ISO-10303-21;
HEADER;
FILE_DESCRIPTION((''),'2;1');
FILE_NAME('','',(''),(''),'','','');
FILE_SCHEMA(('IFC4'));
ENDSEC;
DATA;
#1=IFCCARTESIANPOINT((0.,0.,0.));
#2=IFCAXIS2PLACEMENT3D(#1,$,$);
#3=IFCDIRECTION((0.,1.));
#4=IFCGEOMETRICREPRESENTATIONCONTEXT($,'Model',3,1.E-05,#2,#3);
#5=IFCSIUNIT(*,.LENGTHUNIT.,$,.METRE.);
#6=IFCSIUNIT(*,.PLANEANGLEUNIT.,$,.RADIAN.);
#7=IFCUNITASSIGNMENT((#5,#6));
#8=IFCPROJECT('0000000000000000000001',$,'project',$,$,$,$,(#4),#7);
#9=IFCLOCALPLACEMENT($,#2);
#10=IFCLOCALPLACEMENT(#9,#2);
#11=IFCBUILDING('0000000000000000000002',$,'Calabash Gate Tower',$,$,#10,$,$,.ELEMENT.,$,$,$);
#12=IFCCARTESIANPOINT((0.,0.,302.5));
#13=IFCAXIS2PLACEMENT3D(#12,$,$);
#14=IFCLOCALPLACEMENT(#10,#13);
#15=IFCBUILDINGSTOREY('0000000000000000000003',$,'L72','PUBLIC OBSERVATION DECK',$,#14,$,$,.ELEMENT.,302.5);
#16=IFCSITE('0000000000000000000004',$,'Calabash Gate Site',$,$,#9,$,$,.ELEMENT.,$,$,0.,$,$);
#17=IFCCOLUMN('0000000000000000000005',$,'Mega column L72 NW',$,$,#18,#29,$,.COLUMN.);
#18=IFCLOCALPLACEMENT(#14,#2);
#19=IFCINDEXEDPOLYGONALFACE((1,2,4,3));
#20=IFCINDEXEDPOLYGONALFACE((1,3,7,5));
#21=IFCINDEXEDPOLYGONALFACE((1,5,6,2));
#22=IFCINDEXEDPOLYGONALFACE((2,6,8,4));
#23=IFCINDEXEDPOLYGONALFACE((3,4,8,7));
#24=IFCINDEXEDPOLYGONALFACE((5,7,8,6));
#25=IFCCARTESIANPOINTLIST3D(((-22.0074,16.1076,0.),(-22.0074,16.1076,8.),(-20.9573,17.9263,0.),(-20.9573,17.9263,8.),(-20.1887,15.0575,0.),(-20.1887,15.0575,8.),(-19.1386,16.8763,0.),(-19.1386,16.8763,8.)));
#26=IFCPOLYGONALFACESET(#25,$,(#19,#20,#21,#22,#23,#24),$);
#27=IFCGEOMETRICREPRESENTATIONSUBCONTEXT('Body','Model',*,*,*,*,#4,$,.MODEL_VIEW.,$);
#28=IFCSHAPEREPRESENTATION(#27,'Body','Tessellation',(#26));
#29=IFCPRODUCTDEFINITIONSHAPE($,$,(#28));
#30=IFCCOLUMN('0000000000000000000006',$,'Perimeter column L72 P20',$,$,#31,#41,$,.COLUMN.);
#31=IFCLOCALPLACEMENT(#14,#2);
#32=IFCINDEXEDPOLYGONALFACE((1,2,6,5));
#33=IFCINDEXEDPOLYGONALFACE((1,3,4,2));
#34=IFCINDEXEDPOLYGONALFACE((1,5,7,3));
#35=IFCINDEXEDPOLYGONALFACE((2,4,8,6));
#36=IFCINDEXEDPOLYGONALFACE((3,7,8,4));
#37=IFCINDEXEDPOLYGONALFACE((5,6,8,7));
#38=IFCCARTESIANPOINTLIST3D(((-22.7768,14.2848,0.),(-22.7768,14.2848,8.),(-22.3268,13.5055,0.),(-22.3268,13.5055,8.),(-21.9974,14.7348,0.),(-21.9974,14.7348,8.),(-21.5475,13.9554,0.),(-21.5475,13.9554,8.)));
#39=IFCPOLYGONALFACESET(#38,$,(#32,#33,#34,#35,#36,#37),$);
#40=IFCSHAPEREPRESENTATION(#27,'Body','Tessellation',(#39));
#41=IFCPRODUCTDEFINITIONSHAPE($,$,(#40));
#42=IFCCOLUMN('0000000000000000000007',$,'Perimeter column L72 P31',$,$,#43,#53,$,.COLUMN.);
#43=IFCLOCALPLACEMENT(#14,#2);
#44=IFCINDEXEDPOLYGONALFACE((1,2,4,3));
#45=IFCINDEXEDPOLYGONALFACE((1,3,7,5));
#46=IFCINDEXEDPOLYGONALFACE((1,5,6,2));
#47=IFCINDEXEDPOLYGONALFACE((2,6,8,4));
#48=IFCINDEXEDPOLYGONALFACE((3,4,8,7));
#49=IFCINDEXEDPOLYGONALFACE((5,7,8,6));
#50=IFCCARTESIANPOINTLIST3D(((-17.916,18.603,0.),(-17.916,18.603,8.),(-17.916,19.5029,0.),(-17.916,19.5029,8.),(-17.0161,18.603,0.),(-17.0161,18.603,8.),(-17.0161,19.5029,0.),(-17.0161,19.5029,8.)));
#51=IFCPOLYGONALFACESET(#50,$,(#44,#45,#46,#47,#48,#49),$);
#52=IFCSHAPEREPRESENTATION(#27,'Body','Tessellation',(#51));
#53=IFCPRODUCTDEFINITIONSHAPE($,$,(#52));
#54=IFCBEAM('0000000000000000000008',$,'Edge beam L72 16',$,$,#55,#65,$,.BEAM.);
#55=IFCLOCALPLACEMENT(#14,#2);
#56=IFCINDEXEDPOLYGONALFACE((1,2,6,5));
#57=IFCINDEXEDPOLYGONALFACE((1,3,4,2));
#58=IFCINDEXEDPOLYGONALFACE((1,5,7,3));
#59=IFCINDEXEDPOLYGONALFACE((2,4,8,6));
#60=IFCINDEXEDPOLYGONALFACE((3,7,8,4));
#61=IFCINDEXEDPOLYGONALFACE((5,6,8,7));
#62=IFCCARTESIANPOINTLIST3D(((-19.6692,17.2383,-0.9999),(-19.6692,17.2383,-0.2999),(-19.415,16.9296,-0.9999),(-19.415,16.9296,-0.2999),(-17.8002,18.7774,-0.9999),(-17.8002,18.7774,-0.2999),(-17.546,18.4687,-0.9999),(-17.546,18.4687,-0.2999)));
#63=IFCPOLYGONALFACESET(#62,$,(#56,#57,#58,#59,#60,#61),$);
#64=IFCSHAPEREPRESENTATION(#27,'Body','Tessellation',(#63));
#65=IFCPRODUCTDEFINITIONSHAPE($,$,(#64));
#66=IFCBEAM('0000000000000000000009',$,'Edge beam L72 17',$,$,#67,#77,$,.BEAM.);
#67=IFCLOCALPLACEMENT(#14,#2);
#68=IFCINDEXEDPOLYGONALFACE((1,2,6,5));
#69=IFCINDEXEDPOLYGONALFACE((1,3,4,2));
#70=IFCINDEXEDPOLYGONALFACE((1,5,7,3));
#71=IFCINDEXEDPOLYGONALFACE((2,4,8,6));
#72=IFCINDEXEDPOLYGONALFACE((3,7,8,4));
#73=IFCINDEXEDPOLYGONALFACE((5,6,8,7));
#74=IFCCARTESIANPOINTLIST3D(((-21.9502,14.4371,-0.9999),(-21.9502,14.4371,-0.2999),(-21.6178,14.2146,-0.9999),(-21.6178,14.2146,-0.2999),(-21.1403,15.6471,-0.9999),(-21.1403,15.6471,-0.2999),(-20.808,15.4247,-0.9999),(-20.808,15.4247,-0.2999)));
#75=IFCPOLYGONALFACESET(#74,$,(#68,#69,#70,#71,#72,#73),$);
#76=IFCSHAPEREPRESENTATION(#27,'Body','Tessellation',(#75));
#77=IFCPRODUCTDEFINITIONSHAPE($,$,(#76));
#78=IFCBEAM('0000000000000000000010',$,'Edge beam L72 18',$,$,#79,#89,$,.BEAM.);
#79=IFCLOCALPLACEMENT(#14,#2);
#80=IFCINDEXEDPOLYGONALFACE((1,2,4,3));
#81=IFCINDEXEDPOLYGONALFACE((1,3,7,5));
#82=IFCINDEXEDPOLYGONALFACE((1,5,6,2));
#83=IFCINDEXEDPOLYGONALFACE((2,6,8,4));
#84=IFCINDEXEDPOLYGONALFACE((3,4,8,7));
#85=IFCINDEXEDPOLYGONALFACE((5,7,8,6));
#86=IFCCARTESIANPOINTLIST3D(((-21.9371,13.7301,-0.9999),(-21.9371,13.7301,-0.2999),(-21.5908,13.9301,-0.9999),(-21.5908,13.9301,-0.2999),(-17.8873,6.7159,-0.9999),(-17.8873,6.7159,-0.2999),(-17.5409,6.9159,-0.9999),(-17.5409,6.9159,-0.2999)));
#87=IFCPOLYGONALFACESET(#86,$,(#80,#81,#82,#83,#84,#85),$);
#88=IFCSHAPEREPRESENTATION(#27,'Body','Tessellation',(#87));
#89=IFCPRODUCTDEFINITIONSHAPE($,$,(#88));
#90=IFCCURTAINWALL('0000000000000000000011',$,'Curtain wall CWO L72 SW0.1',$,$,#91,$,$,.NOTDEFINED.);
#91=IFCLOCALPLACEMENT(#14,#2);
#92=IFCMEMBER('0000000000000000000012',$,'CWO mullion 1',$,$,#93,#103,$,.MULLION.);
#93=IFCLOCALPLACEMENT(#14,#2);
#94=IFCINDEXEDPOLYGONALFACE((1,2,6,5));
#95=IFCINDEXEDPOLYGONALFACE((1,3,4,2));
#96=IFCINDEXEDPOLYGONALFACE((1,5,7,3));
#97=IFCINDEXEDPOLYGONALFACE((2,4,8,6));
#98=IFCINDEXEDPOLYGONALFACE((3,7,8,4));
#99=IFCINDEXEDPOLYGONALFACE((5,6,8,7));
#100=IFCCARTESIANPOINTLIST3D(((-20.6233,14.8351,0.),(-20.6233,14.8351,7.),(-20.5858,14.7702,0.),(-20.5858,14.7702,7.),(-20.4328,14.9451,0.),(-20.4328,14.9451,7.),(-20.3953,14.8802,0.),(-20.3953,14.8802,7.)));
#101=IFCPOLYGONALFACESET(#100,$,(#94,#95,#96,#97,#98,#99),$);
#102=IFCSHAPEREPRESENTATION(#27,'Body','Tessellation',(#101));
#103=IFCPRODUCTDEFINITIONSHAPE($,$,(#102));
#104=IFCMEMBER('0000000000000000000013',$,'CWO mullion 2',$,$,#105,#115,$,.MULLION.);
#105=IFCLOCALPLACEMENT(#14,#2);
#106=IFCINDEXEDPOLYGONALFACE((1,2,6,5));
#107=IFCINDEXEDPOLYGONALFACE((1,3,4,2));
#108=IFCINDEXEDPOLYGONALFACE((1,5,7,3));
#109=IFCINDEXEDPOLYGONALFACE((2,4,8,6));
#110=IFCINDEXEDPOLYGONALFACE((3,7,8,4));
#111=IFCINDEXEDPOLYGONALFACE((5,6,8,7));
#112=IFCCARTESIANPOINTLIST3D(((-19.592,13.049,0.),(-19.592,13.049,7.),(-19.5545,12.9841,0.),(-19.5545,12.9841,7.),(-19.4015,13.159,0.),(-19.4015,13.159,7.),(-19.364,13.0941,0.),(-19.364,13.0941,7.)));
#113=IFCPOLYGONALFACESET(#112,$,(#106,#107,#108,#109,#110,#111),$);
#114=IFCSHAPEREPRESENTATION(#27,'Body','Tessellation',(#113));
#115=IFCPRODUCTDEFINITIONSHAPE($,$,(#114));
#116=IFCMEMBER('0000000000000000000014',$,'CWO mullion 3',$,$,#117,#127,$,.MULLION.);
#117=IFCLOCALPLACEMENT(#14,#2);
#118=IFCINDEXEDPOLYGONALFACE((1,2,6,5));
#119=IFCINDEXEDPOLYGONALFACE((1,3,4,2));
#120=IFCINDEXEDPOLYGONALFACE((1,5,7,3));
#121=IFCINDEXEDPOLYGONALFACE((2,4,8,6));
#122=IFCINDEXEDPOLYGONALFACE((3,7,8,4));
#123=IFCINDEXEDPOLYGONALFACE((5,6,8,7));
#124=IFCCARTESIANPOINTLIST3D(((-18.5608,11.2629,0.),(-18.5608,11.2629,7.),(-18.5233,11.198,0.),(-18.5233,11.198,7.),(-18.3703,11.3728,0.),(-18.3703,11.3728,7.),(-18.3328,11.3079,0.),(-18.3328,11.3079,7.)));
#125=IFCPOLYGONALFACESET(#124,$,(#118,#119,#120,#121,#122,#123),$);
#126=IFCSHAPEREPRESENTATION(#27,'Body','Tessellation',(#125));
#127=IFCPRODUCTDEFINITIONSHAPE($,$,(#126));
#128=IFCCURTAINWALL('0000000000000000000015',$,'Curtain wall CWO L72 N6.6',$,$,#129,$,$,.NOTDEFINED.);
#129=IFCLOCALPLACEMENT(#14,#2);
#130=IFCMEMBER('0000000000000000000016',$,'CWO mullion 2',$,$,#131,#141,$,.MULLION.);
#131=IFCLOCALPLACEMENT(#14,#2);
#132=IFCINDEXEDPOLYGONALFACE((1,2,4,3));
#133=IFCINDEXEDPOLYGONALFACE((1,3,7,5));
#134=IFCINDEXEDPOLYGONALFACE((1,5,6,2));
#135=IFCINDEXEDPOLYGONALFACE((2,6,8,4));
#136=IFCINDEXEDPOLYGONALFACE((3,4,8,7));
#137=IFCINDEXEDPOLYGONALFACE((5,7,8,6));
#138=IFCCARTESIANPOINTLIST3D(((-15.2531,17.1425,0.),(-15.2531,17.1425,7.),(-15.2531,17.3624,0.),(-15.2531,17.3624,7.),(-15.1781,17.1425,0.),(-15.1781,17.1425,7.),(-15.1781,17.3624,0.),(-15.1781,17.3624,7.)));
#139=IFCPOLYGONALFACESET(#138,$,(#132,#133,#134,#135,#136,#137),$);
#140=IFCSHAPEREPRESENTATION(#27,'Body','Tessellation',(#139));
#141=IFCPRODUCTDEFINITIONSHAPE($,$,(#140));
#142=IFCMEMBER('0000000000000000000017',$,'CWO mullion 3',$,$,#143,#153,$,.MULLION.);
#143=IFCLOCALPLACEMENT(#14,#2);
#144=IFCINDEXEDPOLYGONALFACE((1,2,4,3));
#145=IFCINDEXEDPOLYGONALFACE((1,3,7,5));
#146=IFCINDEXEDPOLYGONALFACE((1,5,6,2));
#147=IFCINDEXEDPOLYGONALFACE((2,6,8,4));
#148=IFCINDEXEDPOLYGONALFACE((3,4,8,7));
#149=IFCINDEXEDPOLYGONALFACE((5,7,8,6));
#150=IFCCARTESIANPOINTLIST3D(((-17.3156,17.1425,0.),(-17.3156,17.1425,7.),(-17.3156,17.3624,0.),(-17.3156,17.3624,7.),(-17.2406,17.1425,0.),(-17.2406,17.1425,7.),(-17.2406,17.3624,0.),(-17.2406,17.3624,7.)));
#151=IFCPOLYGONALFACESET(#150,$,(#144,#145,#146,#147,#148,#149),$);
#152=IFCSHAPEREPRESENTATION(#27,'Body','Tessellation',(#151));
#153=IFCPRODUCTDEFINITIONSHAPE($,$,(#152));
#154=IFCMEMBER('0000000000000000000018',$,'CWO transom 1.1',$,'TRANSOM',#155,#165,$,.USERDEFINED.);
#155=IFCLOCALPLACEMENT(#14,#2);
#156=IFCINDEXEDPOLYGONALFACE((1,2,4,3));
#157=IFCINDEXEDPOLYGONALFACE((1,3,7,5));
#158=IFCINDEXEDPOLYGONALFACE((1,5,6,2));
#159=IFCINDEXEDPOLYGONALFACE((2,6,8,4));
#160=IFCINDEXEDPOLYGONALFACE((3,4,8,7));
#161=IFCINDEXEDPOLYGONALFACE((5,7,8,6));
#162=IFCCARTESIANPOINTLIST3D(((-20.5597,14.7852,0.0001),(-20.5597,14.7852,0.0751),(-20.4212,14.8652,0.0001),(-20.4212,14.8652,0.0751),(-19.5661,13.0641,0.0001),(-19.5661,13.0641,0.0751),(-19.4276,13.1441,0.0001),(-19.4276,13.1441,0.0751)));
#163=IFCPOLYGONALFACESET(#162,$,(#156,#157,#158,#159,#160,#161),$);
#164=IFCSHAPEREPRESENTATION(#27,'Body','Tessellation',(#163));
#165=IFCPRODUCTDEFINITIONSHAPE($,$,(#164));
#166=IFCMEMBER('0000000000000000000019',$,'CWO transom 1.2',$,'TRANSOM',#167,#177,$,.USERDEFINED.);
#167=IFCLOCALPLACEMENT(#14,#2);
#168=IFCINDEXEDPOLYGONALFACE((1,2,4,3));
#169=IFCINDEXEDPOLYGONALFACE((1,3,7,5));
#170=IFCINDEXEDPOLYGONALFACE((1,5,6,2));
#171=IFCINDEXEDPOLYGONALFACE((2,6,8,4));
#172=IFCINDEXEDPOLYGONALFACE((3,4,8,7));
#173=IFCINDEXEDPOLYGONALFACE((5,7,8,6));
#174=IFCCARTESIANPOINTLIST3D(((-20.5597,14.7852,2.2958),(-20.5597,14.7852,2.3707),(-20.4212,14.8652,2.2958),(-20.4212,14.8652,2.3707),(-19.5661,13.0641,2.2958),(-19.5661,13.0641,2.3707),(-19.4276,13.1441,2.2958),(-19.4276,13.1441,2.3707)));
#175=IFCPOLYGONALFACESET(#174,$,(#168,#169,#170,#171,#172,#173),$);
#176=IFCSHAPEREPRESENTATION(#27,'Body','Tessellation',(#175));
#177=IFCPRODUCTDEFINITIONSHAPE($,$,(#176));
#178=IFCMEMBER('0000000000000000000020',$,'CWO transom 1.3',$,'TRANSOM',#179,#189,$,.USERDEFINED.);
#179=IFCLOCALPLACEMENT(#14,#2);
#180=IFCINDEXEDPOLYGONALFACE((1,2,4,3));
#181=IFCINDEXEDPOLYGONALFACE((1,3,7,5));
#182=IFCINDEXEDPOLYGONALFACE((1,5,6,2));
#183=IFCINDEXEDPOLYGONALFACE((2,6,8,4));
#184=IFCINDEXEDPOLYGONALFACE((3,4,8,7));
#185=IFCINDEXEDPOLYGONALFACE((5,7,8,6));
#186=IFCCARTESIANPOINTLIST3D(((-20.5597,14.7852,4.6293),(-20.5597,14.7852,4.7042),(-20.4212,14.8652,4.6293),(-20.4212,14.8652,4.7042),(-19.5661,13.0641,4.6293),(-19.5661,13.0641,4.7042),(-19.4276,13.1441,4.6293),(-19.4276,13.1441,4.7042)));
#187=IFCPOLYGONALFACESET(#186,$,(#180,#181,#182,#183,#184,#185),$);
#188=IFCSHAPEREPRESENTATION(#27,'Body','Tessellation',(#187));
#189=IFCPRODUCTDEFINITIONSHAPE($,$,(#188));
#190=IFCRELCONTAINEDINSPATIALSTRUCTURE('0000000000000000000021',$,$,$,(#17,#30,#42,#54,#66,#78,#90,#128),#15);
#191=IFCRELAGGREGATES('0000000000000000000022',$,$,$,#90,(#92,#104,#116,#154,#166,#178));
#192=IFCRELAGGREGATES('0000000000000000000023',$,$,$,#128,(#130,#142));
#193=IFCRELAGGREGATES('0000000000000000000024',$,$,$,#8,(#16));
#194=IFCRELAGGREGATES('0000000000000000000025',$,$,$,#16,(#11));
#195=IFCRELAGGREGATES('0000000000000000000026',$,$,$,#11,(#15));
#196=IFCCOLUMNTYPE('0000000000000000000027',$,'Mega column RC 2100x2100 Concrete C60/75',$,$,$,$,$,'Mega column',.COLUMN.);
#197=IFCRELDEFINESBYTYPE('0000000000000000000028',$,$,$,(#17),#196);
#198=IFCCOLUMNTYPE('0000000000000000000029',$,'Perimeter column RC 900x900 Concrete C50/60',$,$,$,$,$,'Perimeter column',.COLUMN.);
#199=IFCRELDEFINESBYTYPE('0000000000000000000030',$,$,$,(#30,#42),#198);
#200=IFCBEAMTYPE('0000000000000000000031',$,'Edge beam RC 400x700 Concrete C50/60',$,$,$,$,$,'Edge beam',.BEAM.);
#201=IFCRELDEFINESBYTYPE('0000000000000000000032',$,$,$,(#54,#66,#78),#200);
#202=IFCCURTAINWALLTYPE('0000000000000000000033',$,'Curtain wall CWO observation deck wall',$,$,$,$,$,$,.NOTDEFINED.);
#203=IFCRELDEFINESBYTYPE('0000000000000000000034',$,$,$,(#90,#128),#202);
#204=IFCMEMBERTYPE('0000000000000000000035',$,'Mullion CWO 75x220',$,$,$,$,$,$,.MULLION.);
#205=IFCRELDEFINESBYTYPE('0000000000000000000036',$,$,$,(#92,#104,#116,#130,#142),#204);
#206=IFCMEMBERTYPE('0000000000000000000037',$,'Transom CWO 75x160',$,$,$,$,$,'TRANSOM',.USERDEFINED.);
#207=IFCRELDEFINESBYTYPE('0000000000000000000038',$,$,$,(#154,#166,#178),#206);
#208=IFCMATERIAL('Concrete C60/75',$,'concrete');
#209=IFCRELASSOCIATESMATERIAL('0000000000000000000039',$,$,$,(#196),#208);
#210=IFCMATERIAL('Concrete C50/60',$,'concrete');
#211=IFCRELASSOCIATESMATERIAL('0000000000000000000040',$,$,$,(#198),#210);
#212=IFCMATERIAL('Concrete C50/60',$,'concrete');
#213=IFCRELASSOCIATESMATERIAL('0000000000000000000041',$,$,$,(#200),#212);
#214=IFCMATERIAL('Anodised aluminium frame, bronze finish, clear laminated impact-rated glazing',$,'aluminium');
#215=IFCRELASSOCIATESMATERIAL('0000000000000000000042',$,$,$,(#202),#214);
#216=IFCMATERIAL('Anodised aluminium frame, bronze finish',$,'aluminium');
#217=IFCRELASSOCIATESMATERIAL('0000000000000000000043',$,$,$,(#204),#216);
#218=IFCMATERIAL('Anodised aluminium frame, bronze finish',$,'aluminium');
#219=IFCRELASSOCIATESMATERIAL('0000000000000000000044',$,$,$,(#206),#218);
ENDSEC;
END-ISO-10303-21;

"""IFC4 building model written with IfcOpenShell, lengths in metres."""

from ifc_helpers import new_model, si_unit, direction, frame, origin, origin_2d, place, context, subcontext, project, spatial, rectangle, extrude, material, material_profile, profile_set, type_object, element, aggregate, save


model = new_model("IFC4")

# Units and contexts
model_context = context("Model", 3, precision=1e-05, world=origin(), true_north=direction((0.0, 1.0)))
body_context = subcontext(model_context, "Body", "Model", "MODEL_VIEW")
ifc_project = project(units=[si_unit("LENGTHUNIT", "METRE"), si_unit("PLANEANGLEUNIT", "RADIAN")], contexts=[model_context])

# Site, building, storey
site_placement = place(None, origin())
site = spatial("IfcSite", under=ifc_project, at=site_placement, Name="Calabash Gate Site", CompositionType="ELEMENT", RefElevation=0.0)
building_placement = place(site_placement, origin())
building = spatial("IfcBuilding", under=site, at=building_placement, Name="Calabash Gate Tower", CompositionType="ELEMENT")
storey_placement = place(building_placement, frame((0.0, 0.0, 302.5)))
storey = spatial("IfcBuildingStorey", under=building, at=storey_placement, Name="L72", Description="PUBLIC OBSERVATION DECK", CompositionType="ELEMENT", Elevation=302.5)

# Columns
ifc_material_1 = material(Name="Concrete C60/75", Category="concrete")
ifc_material_profile_1 = material_profile(ifc_material_1, rectangle(XDim=2.1001, YDim=2.1001, at=origin_2d()))
ifc_profile_set_1 = profile_set([ifc_material_profile_1], Name="Concrete C60/75")
column_type_1 = type_object("IfcColumnType", Name="Mega column RC 2100x2100 Concrete C60/75", ElementType="Mega column", PredefinedType="COLUMN", material=ifc_profile_set_1)
column_placement = place(storey_placement, frame((-20.573, 16.4919, 0.0), z_axis=(0.0, 0.0, 1.0), x_axis=(0.866025, -0.5, 0.0)))
element("IfcColumn", 1, at=column_placement, inside=storey, type_object=column_type_1, Name="Mega column L72 NW", PredefinedType="COLUMN", context=body_context, shape_type="SweptSolid", body=[
    extrude(rectangle(XDim=2.1001, YDim=2.1001, at=origin_2d()), origin(), (0.0, 0.0, 1.0), 8.0),
])
ifc_material_2 = material(Name="Concrete C50/60", Category="concrete")
ifc_material_profile_2 = material_profile(ifc_material_2, rectangle(XDim=0.8999, YDim=0.8999, at=origin_2d()))
ifc_profile_set_2 = profile_set([ifc_material_profile_2], Name="Concrete C50/60")
column_type_2 = type_object("IfcColumnType", Name="Perimeter column RC 900x900 Concrete C50/60", ElementType="Perimeter column", PredefinedType="COLUMN", material=ifc_profile_set_2)
for number, where, z_axis, x_axis, name in (
    (2, (-22.1621, 14.1201, 0.0), (0.0, 0.0, 1.0), (0.5, -0.866025, 0.0), "Perimeter column L72 P20"),
    (3, (-17.4661, 19.053, 0.0), (0.0, 0.0, 1.0), (-1.0, 0.0, 0.0), "Perimeter column L72 P31"),
):
    element("IfcColumn", number, at=place(storey_placement, frame(where, z_axis=z_axis, x_axis=x_axis)), inside=storey, type_object=column_type_2, Name=name, PredefinedType="COLUMN", context=body_context, shape_type="SweptSolid", body=[
        extrude(rectangle(XDim=0.8999, YDim=0.8999, at=origin_2d()), origin(), (0.0, 0.0, 1.0), 8.0),
    ])

# Beams
ifc_material_3 = material(Name="Concrete C50/60", Category="concrete")
ifc_material_profile_3 = material_profile(ifc_material_3, rectangle(XDim=0.3999, YDim=0.7, at=origin_2d()))
ifc_profile_set_3 = profile_set([ifc_material_profile_3], Name="Concrete C50/60")
beam_type = type_object("IfcBeamType", Name="Edge beam RC 400x700 Concrete C50/60", ElementType="Edge beam", PredefinedType="BEAM", material=ifc_profile_set_3)
beam_1_placement = place(storey_placement, frame((-17.6731, 18.623, -0.6499), z_axis=(-0.771936, -0.6357, 0.0), x_axis=(0.6357, -0.771936, 0.0)))
element("IfcBeam", 4, at=beam_1_placement, inside=storey, type_object=beam_type, Name="Edge beam L72 16", PredefinedType="BEAM", context=body_context, shape_type="SweptSolid", body=[
    extrude(rectangle(XDim=0.3999, YDim=0.7, at=origin_2d()), origin(), (0.0, 0.0, 1.0), 2.4211),
])
beam_2_placement = place(storey_placement, frame((-20.9741, 15.5359, -0.6499), z_axis=(-0.556208, -0.831043, 0.0), x_axis=(0.831043, -0.556208, 0.0)))
element("IfcBeam", 5, at=beam_2_placement, inside=storey, type_object=beam_type, Name="Edge beam L72 17", PredefinedType="BEAM", context=body_context, shape_type="SweptSolid", body=[
    extrude(rectangle(XDim=0.3999, YDim=0.7, at=origin_2d()), origin(), (0.0, 0.0, 1.0), 1.4561),
])
beam_3_placement = place(storey_placement, frame((-21.7639, 13.8301, -0.6499), z_axis=(0.500016, -0.866016, 0.0), x_axis=(0.866016, 0.500016, 0.0)))
element("IfcBeam", 6, at=beam_3_placement, inside=storey, type_object=beam_type, Name="Edge beam L72 18", PredefinedType="BEAM", context=body_context, shape_type="SweptSolid", body=[
    extrude(rectangle(XDim=0.3999, YDim=0.7, at=origin_2d()), origin(), (0.0, 0.0, 1.0), 8.0994),
])

# Curtain walls, members
ifc_material_4 = material(Name="Anodised aluminium frame, bronze finish, clear laminated impact-rated glazing", Category="aluminium")
curtain_wall_type = type_object("IfcCurtainWallType", Name="Curtain wall CWO observation deck wall", PredefinedType="NOTDEFINED", material=ifc_material_4)
curtain_wall_1_placement = place(storey_placement, origin())
curtain_wall_1 = element("IfcCurtainWall", 7, at=curtain_wall_1_placement, inside=storey, type_object=curtain_wall_type, Name="Curtain wall CWO L72 SW0.1", PredefinedType="NOTDEFINED")
ifc_material_5 = material(Name="Anodised aluminium frame, bronze finish", Category="aluminium")
ifc_material_profile_4 = material_profile(ifc_material_5, rectangle(XDim=0.22, YDim=0.075, at=origin_2d()))
ifc_profile_set_4 = profile_set([ifc_material_profile_4], Name="Anodised aluminium frame, bronze finish")
member_type_1 = type_object("IfcMemberType", Name="Mullion CWO 75x220", PredefinedType="MULLION", material=ifc_profile_set_4)
member_1_placement = place(storey_placement, frame((-20.5093, 14.8577, 0.0), z_axis=(0.0, 0.0, 1.0), x_axis=(0.866025, 0.5, 0.0)))
member_1 = element("IfcMember", 8, at=member_1_placement, type_object=member_type_1, Name="CWO mullion 1", PredefinedType="MULLION", context=body_context, shape_type="SweptSolid", body=[
    extrude(rectangle(XDim=0.22, YDim=0.075, at=origin_2d()), origin(), (0.0, 0.0, 1.0), 7.0),
])
member_2_placement = place(storey_placement, frame((-19.478, 13.0715, 0.0), z_axis=(0.0, 0.0, 1.0), x_axis=(0.866025, 0.5, 0.0)))
member_2 = element("IfcMember", 9, at=member_2_placement, type_object=member_type_1, Name="CWO mullion 2", PredefinedType="MULLION", context=body_context, shape_type="SweptSolid", body=[
    extrude(rectangle(XDim=0.22, YDim=0.075, at=origin_2d()), origin(), (0.0, 0.0, 1.0), 7.0),
])
member_3_placement = place(storey_placement, frame((-18.4468, 11.2854, 0.0), z_axis=(0.0, 0.0, 1.0), x_axis=(0.866025, 0.5, 0.0)))
member_3 = element("IfcMember", 10, at=member_3_placement, type_object=member_type_1, Name="CWO mullion 3", PredefinedType="MULLION", context=body_context, shape_type="SweptSolid", body=[
    extrude(rectangle(XDim=0.22, YDim=0.075, at=origin_2d()), origin(), (0.0, 0.0, 1.0), 7.0),
])
curtain_wall_2_placement = place(storey_placement, origin())
curtain_wall_2 = element("IfcCurtainWall", 11, at=curtain_wall_2_placement, inside=storey, type_object=curtain_wall_type, Name="Curtain wall CWO L72 N6.6", PredefinedType="NOTDEFINED")
member_4_placement = place(storey_placement, frame((-15.2156, 17.2524, 0.0), z_axis=(0.0, 0.0, 1.0), x_axis=(0.0, -1.0, 0.0)))
member_4 = element("IfcMember", 12, at=member_4_placement, type_object=member_type_1, Name="CWO mullion 2", PredefinedType="MULLION", context=body_context, shape_type="SweptSolid", body=[
    extrude(rectangle(XDim=0.22, YDim=0.075, at=origin_2d()), origin(), (0.0, 0.0, 1.0), 7.0),
])
member_5_placement = place(storey_placement, frame((-17.2781, 17.2524, 0.0), z_axis=(0.0, 0.0, 1.0), x_axis=(0.0, -1.0, 0.0)))
member_5 = element("IfcMember", 13, at=member_5_placement, type_object=member_type_1, Name="CWO mullion 3", PredefinedType="MULLION", context=body_context, shape_type="SweptSolid", body=[
    extrude(rectangle(XDim=0.22, YDim=0.075, at=origin_2d()), origin(), (0.0, 0.0, 1.0), 7.0),
])

# Members
ifc_material_6 = material(Name="Anodised aluminium frame, bronze finish", Category="aluminium")
ifc_material_profile_5 = material_profile(ifc_material_6, rectangle(XDim=0.1599, YDim=0.075, at=origin_2d()))
ifc_profile_set_5 = profile_set([ifc_material_profile_5], Name="Anodised aluminium frame, bronze finish")
member_type_2 = type_object("IfcMemberType", Name="Transom CWO 75x160", ElementType="TRANSOM", PredefinedType="USERDEFINED", material=ifc_profile_set_5)
member_6_placement = place(storey_placement, frame((-20.4905, 14.8252, 0.0376), z_axis=(0.499971, -0.866042, 0.0), x_axis=(0.866042, 0.499971, 0.0)))
member_6 = element("IfcMember", 14, at=member_6_placement, type_object=member_type_2, Name="CWO transom 1.1", ObjectType="TRANSOM", PredefinedType="USERDEFINED", context=body_context, shape_type="SweptSolid", body=[
    extrude(rectangle(XDim=0.1599, YDim=0.075, at=origin_2d()), origin(), (0.0, 0.0, 1.0), 1.9873),
])
member_7_placement = place(storey_placement, frame((-20.4905, 14.8252, 2.3333), z_axis=(0.499971, -0.866042, 0.0), x_axis=(0.866042, 0.499971, 0.0)))
member_7 = element("IfcMember", 15, at=member_7_placement, type_object=member_type_2, Name="CWO transom 1.2", ObjectType="TRANSOM", PredefinedType="USERDEFINED", context=body_context, shape_type="SweptSolid", body=[
    extrude(rectangle(XDim=0.1599, YDim=0.075, at=origin_2d()), origin(), (0.0, 0.0, 1.0), 1.9873),
])
member_8_placement = place(storey_placement, frame((-20.4905, 14.8252, 4.6667), z_axis=(0.499971, -0.866042, 0.0), x_axis=(0.866042, 0.499971, 0.0)))
member_8 = element("IfcMember", 16, at=member_8_placement, type_object=member_type_2, Name="CWO transom 1.3", ObjectType="TRANSOM", PredefinedType="USERDEFINED", context=body_context, shape_type="SweptSolid", body=[
    extrude(rectangle(XDim=0.1599, YDim=0.075, at=origin_2d()), origin(), (0.0, 0.0, 1.0), 1.9873),
])

aggregate(curtain_wall_1, [member_1, member_2, member_3, member_6, member_7, member_8])
aggregate(curtain_wall_2, [member_4, member_5])

save(model, "model.ifc")
